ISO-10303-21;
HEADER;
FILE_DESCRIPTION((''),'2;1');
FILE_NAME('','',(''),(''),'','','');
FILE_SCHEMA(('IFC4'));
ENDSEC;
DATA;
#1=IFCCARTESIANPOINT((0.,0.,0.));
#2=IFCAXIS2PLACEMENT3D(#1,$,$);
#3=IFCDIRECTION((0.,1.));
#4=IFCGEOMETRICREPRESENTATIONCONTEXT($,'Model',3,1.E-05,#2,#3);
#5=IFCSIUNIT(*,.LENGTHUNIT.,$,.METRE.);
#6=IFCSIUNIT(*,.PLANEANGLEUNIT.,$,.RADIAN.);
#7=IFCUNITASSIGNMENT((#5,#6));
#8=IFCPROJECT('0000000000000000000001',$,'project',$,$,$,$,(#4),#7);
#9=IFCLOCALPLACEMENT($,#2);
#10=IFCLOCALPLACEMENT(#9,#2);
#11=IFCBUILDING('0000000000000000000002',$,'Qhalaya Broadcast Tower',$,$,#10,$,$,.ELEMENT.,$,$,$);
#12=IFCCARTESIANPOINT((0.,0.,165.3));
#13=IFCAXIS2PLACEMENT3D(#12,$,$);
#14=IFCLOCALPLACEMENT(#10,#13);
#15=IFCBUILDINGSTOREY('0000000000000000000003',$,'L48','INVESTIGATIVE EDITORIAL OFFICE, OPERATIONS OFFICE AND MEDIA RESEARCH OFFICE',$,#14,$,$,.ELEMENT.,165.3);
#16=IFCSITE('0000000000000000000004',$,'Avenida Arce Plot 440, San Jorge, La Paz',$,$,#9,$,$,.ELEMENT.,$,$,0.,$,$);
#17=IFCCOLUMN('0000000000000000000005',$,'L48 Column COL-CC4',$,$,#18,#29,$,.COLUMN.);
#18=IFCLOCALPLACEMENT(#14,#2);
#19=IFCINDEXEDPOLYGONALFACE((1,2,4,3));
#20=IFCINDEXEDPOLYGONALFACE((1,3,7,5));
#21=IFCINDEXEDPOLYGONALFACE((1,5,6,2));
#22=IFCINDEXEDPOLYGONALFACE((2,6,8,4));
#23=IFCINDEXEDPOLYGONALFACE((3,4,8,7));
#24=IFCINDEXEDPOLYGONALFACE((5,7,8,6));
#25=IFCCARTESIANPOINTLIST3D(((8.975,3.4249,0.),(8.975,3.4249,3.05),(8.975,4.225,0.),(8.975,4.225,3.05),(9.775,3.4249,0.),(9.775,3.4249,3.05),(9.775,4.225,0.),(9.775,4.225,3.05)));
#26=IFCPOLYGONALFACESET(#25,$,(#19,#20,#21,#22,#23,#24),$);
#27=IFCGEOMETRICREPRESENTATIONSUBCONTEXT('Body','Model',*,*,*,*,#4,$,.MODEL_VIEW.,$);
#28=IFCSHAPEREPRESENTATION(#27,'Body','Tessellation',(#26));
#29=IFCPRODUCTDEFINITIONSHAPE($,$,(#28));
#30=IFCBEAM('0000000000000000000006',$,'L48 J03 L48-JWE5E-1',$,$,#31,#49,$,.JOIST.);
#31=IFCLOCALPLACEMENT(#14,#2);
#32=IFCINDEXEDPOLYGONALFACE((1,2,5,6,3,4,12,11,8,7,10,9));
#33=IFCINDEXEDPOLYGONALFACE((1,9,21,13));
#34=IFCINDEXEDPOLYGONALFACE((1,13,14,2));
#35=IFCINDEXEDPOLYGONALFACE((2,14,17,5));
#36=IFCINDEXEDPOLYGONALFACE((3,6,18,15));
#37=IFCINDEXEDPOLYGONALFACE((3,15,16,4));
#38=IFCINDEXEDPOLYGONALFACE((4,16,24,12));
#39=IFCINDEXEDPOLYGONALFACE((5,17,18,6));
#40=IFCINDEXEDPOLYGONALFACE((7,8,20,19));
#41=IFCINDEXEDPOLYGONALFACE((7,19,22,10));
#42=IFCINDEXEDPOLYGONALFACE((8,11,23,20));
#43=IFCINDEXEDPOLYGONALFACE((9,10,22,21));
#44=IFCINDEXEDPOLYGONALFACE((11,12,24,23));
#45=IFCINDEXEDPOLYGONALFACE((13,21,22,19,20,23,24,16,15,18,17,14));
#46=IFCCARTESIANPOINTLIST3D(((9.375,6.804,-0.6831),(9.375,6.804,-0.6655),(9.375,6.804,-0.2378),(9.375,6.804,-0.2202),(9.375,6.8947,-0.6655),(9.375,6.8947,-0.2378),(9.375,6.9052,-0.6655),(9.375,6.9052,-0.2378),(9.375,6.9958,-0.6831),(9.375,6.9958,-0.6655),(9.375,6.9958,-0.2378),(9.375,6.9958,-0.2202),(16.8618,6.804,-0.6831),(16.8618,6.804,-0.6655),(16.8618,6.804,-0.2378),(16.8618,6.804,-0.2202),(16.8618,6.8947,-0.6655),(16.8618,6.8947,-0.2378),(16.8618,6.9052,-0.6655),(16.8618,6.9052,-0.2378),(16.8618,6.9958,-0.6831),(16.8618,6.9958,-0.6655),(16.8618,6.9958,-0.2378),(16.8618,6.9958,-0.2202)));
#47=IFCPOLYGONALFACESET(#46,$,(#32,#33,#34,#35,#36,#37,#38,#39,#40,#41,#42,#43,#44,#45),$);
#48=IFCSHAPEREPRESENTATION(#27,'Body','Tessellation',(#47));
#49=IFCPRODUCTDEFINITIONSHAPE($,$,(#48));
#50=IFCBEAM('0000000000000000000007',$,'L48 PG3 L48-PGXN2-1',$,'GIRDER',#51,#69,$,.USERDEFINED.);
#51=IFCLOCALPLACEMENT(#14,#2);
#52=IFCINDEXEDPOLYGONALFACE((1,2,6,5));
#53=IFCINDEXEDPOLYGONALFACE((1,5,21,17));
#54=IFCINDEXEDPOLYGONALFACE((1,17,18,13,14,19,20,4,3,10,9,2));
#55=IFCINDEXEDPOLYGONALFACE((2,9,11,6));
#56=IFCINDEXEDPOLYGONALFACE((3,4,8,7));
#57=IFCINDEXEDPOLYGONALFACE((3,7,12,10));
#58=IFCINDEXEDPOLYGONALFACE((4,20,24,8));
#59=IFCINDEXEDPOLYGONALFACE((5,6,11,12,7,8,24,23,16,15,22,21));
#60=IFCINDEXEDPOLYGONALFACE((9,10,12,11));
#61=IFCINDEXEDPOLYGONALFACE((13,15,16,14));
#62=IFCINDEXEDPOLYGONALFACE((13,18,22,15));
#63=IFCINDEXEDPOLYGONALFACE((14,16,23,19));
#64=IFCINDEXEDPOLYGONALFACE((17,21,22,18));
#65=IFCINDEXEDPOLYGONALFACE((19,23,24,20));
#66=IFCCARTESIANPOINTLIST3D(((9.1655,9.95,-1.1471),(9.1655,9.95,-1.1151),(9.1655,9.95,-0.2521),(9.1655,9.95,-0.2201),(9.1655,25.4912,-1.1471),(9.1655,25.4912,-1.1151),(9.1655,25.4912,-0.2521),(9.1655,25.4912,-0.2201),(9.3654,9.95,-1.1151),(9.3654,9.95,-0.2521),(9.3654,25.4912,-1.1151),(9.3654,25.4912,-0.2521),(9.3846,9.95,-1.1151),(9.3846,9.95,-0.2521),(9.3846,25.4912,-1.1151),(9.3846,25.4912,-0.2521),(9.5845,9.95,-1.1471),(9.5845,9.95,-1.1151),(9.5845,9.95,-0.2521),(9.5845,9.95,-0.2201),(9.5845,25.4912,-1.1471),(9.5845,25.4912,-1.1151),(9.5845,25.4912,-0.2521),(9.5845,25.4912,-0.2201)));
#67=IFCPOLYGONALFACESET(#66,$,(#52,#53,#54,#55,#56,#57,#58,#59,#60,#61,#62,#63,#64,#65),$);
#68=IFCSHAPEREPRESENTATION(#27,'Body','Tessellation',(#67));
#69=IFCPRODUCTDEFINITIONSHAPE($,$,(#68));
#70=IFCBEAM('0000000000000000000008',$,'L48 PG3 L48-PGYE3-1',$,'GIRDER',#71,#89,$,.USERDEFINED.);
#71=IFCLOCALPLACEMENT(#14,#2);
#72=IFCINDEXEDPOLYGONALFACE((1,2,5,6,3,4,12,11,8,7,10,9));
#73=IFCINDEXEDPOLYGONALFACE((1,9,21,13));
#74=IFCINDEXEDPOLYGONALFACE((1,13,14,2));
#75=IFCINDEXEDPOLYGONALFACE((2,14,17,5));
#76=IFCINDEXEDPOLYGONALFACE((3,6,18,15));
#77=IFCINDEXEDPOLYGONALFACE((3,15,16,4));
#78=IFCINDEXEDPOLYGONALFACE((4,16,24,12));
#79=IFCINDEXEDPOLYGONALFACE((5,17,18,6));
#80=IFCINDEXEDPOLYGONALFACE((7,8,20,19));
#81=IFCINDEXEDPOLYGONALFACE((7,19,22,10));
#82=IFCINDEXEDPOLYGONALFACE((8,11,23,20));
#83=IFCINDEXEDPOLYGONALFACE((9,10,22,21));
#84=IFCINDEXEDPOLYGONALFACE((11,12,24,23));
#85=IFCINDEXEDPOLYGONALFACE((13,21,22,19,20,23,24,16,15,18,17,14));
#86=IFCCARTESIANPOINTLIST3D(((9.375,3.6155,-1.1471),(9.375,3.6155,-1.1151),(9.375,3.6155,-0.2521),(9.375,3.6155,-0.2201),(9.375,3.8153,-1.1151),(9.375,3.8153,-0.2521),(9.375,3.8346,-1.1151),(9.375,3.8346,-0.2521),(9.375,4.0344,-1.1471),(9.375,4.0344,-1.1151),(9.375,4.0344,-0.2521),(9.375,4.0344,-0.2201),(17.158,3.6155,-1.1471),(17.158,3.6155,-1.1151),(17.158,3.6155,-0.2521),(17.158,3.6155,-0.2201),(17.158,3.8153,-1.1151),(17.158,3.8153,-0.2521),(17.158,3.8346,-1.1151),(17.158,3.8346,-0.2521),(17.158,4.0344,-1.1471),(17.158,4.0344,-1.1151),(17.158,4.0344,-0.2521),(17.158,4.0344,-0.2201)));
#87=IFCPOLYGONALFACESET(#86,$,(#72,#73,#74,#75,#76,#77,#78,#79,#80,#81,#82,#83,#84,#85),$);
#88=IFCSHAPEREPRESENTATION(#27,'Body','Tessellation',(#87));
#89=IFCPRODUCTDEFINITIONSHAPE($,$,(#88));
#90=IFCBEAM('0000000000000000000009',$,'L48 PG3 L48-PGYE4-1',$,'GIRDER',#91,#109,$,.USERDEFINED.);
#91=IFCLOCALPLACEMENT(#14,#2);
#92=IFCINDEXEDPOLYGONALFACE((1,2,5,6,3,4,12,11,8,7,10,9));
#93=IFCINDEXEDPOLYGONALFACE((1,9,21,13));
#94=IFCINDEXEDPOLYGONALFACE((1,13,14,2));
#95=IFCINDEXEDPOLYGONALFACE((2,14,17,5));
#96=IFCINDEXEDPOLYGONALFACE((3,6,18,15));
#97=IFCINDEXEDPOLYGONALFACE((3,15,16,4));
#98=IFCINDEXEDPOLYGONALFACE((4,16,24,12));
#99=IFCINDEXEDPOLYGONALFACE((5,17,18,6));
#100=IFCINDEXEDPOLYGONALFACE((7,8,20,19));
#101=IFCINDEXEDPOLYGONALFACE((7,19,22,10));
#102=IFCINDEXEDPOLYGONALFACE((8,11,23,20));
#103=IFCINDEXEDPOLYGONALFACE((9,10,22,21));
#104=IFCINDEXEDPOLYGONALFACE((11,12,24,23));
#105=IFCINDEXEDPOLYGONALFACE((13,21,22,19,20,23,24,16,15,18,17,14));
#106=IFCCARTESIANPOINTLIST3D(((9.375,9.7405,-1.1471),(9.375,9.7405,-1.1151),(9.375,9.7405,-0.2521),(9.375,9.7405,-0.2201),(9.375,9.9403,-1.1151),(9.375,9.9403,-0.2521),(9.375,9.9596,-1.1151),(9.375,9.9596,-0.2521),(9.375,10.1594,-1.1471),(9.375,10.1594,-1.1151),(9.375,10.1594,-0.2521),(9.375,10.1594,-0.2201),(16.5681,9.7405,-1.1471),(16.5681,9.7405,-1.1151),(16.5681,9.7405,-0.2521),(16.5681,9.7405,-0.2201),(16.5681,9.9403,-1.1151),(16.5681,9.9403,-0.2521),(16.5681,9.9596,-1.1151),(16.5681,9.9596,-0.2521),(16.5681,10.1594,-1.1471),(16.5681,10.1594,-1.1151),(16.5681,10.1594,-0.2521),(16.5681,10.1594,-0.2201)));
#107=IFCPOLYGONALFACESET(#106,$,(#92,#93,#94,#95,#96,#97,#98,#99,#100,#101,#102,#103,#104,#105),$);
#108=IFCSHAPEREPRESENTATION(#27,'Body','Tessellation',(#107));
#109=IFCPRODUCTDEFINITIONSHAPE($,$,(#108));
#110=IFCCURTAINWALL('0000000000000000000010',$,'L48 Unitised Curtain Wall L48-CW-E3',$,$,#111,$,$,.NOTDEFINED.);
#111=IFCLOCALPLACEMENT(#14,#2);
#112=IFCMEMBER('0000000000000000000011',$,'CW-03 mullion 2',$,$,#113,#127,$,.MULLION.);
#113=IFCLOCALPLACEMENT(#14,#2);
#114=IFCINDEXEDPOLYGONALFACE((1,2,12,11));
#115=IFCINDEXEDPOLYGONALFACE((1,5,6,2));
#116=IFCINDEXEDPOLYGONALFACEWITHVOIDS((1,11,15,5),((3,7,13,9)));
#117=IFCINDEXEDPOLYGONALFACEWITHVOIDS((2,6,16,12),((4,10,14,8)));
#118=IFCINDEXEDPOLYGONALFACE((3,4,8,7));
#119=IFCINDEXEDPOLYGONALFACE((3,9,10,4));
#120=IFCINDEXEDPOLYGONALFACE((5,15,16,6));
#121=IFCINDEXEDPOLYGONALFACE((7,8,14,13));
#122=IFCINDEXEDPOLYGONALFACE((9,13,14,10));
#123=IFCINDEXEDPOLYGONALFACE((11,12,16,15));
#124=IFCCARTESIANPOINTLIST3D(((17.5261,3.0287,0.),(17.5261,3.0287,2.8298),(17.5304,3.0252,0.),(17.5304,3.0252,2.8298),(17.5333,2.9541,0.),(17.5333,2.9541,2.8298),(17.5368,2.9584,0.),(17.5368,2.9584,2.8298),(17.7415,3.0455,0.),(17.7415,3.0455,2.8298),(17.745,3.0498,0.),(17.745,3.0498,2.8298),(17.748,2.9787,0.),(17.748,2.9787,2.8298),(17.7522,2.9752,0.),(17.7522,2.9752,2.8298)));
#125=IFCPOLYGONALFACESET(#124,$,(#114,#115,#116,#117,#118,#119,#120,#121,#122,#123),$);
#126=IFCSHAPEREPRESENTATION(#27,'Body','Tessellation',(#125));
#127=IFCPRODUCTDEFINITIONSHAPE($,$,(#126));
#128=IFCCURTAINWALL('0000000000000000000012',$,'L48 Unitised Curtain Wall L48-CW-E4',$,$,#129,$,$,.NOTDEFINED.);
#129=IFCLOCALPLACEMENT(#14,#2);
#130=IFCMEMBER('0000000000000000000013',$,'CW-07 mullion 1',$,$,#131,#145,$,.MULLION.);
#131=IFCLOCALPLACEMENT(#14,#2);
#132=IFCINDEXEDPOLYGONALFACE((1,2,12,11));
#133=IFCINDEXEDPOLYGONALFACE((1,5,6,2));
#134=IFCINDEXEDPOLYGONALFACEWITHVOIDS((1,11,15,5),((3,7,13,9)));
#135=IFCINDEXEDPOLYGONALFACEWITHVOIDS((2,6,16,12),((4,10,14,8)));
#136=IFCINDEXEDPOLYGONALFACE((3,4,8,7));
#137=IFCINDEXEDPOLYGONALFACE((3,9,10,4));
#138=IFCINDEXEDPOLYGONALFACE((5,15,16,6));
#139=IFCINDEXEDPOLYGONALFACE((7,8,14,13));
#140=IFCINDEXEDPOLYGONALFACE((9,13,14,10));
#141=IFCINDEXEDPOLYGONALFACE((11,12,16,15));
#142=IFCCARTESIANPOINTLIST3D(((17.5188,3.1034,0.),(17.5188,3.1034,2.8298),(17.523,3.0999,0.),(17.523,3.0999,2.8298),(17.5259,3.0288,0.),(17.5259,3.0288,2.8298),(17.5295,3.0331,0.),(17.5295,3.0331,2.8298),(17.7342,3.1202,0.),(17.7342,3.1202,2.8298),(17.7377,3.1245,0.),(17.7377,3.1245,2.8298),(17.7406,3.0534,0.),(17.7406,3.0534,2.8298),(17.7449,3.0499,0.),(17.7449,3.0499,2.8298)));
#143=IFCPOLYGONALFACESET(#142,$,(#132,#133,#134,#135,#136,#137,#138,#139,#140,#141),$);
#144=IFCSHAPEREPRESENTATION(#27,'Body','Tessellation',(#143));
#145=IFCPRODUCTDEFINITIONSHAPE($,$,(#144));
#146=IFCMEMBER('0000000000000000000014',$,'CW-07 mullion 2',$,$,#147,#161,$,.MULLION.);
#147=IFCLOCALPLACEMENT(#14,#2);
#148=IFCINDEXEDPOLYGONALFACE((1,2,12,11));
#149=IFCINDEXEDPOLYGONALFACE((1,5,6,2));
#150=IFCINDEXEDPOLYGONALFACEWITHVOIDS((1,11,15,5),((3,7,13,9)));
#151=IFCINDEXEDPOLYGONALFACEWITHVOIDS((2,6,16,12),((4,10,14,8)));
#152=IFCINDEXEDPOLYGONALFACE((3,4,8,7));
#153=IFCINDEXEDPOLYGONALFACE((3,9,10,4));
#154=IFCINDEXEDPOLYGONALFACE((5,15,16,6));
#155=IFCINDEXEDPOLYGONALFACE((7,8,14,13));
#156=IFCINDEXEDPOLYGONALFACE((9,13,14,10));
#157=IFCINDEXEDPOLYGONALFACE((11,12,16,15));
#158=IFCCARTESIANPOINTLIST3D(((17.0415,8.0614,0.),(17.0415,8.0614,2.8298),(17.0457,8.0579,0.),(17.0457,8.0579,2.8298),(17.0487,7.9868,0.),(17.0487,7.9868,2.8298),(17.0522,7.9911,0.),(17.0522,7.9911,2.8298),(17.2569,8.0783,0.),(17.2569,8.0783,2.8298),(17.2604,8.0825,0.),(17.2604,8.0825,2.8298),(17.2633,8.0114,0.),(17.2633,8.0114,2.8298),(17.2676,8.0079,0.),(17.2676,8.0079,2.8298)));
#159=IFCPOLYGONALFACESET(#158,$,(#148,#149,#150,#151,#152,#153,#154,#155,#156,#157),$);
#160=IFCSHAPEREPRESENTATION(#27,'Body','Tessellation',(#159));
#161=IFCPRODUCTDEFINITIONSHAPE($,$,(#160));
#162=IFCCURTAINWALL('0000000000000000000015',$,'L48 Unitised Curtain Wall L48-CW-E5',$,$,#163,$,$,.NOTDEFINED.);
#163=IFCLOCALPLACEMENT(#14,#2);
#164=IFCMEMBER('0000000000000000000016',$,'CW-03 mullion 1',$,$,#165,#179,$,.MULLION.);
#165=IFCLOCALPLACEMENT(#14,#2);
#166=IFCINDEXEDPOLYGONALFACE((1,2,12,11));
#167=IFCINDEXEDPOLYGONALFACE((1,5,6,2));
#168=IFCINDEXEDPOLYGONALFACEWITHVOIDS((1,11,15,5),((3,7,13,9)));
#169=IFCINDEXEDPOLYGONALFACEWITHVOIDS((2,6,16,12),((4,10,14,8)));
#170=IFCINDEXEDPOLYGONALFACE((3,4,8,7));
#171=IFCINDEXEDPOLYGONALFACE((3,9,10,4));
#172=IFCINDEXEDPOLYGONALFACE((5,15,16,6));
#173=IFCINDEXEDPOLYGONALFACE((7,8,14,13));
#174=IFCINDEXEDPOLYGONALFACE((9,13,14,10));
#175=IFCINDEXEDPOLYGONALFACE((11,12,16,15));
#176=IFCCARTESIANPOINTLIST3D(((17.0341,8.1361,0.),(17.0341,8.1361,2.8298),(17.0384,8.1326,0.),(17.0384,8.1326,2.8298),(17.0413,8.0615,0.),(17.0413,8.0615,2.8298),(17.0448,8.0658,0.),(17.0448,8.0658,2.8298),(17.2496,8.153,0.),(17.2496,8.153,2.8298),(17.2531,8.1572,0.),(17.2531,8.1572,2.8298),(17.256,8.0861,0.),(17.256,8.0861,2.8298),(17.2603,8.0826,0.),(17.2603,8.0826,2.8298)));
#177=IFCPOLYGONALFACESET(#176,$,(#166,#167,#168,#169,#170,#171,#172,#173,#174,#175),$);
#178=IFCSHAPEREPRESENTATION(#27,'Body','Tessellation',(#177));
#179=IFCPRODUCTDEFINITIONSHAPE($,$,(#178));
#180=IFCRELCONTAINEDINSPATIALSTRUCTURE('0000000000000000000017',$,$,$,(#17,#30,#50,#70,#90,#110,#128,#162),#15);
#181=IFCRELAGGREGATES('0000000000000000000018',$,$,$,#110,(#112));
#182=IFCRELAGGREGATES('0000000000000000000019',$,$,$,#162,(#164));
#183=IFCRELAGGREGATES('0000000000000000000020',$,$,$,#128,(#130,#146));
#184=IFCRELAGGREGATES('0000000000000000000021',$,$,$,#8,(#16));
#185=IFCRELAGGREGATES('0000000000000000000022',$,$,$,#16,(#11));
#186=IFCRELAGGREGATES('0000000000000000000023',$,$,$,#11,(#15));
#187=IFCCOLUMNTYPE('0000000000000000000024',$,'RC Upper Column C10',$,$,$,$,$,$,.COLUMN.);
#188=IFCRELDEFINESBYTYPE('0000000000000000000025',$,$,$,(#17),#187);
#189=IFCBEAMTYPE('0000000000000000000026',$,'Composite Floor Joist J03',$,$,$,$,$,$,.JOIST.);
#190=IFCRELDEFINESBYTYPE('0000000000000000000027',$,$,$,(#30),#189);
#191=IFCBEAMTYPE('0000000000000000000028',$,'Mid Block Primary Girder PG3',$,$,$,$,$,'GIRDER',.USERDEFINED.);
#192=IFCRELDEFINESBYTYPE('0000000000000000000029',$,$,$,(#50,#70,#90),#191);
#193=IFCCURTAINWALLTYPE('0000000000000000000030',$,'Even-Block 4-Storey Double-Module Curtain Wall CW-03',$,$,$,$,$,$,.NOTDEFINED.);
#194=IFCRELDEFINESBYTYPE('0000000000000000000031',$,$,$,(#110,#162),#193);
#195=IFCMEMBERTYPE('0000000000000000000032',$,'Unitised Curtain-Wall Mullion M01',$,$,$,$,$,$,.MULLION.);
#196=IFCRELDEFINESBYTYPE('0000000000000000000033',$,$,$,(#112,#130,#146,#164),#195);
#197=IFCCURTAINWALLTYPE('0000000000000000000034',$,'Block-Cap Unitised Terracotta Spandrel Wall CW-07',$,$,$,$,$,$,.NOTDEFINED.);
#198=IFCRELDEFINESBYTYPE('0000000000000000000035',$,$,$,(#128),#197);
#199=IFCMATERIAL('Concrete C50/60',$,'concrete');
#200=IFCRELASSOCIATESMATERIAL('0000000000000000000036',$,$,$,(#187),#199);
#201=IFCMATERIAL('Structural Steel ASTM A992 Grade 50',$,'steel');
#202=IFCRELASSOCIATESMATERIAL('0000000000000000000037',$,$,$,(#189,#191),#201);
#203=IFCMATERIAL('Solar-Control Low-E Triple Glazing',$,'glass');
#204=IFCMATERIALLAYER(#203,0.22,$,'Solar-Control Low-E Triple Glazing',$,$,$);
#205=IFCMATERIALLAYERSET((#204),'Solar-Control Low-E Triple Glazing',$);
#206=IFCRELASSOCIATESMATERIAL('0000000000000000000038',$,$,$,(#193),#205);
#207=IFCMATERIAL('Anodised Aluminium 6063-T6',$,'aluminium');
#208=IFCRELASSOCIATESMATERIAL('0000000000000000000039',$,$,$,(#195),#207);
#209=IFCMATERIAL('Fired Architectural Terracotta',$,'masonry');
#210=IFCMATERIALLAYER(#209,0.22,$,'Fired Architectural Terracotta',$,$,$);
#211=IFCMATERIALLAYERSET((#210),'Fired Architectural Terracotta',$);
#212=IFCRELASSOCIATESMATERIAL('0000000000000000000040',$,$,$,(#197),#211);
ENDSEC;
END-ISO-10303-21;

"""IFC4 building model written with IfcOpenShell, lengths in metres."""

from ifc_helpers import new_model, si_unit, direction, frame, origin, origin_2d, place, context, subcontext, project, spatial, rectangle, hollow_rectangle, i_section, extrude, material, layer, layer_set, material_profile, profile_set, type_object, element, aggregate, save


model = new_model("IFC4")

# Units and contexts
model_context = context("Model", 3, precision=1e-05, world=origin(), true_north=direction((0.0, 1.0)))
body_context = subcontext(model_context, "Body", "Model", "MODEL_VIEW")
ifc_project = project(units=[si_unit("LENGTHUNIT", "METRE"), si_unit("PLANEANGLEUNIT", "RADIAN")], contexts=[model_context])

# Site, building, storey
site_placement = place(None, origin())
site = spatial("IfcSite", under=ifc_project, at=site_placement, Name="Avenida Arce Plot 440, San Jorge, La Paz", CompositionType="ELEMENT", RefElevation=0.0)
building_placement = place(site_placement, origin())
building = spatial("IfcBuilding", under=site, at=building_placement, Name="Qhalaya Broadcast Tower", CompositionType="ELEMENT")
storey_placement = place(building_placement, frame((0.0, 0.0, 165.3)))
storey = spatial("IfcBuildingStorey", under=building, at=storey_placement, Name="L48", Description="INVESTIGATIVE EDITORIAL OFFICE, OPERATIONS OFFICE AND MEDIA RESEARCH OFFICE", CompositionType="ELEMENT", Elevation=165.3)

# Column
ifc_material_1 = material(Name="Concrete C50/60", Category="concrete")
ifc_material_profile_1 = material_profile(ifc_material_1, rectangle(XDim=0.8, YDim=0.8, at=origin_2d()), Name="RC-COL 800x800")
ifc_profile_set_1 = profile_set([ifc_material_profile_1], Name="Concrete C50/60")
column_type = type_object("IfcColumnType", Name="RC Upper Column C10", PredefinedType="COLUMN", material=ifc_profile_set_1)
column_placement = place(storey_placement, frame((9.375, 3.825, 0.0), z_axis=(0.0, 0.0, 1.0), x_axis=(1.0, 0.0, 0.0)))
element("IfcColumn", 1, at=column_placement, inside=storey, type_object=column_type, Name="L48 Column COL-CC4", PredefinedType="COLUMN", context=body_context, shape_type="SweptSolid", body=[
    extrude(rectangle(XDim=0.8, YDim=0.8, at=origin_2d()), origin(), (0.0, 0.0, 1.0), 3.05),
])

# Beams
ifc_material_2 = material(Name="Structural Steel ASTM A992 Grade 50", Category="steel")
ifc_material_profile_2 = material_profile(ifc_material_2, i_section(OverallWidth=0.1919, OverallDepth=0.4629, WebThickness=0.0105, FlangeThickness=0.0176, at=origin_2d()), Name="W18X60")
ifc_profile_set_2 = profile_set([ifc_material_profile_2], Name="Structural Steel ASTM A992 Grade 50")
beam_type_1 = type_object("IfcBeamType", Name="Composite Floor Joist J03", PredefinedType="JOIST", material=ifc_profile_set_2)
beam_1_placement = place(storey_placement, frame((9.375, 6.8999, -0.4517), z_axis=(1.0, 0.0, 0.0), x_axis=(0.0, 1.0, 0.0)))
element("IfcBeam", 2, at=beam_1_placement, inside=storey, type_object=beam_type_1, Name="L48 J03 L48-JWE5E-1", PredefinedType="JOIST", context=body_context, shape_type="SweptSolid", body=[
    extrude(i_section(OverallWidth=0.1919, OverallDepth=0.4629, WebThickness=0.0105, FlangeThickness=0.0176, at=origin_2d()), origin(), (0.0, 0.0, 1.0), 7.4868),
])
ifc_material_profile_3 = material_profile(ifc_material_2, i_section(OverallWidth=0.4189, OverallDepth=0.927, WebThickness=0.0193, FlangeThickness=0.032, at=origin_2d()), Name="W36X231")
ifc_profile_set_3 = profile_set([ifc_material_profile_3], Name="Structural Steel ASTM A992 Grade 50")
beam_type_2 = type_object("IfcBeamType", Name="Mid Block Primary Girder PG3", ElementType="GIRDER", PredefinedType="USERDEFINED", material=ifc_profile_set_3)
beam_2_placement = place(storey_placement, frame((9.375, 9.95, -0.6836), z_axis=(0.0, 1.0, 0.0), x_axis=(-1.0, 0.0, 0.0)))
element("IfcBeam", 3, at=beam_2_placement, inside=storey, type_object=beam_type_2, Name="L48 PG3 L48-PGXN2-1", ObjectType="GIRDER", PredefinedType="USERDEFINED", context=body_context, shape_type="SweptSolid", body=[
    extrude(i_section(OverallWidth=0.4189, OverallDepth=0.927, WebThickness=0.0193, FlangeThickness=0.032, at=origin_2d()), origin(), (0.0, 0.0, 1.0), 15.5413),
])
beam_3_placement = place(storey_placement, frame((9.375, 3.825, -0.6836), z_axis=(1.0, 0.0, 0.0), x_axis=(0.0, 1.0, 0.0)))
element("IfcBeam", 4, at=beam_3_placement, inside=storey, type_object=beam_type_2, Name="L48 PG3 L48-PGYE3-1", ObjectType="GIRDER", PredefinedType="USERDEFINED", context=body_context, shape_type="SweptSolid", body=[
    extrude(i_section(OverallWidth=0.4189, OverallDepth=0.927, WebThickness=0.0193, FlangeThickness=0.032, at=origin_2d()), origin(), (0.0, 0.0, 1.0), 7.783),
])
beam_4_placement = place(storey_placement, frame((9.375, 9.95, -0.6836), z_axis=(1.0, 0.0, 0.0), x_axis=(0.0, 1.0, 0.0)))
element("IfcBeam", 5, at=beam_4_placement, inside=storey, type_object=beam_type_2, Name="L48 PG3 L48-PGYE4-1", ObjectType="GIRDER", PredefinedType="USERDEFINED", context=body_context, shape_type="SweptSolid", body=[
    extrude(i_section(OverallWidth=0.4189, OverallDepth=0.927, WebThickness=0.0193, FlangeThickness=0.032, at=origin_2d()), origin(), (0.0, 0.0, 1.0), 7.1931),
])

# Curtain wall, member
ifc_material_3 = material(Name="Solar-Control Low-E Triple Glazing", Category="glass")
ifc_layer_1 = layer(ifc_material_3, 0.22, Name="Solar-Control Low-E Triple Glazing")
ifc_layer_set_1 = layer_set([ifc_layer_1], Name="Solar-Control Low-E Triple Glazing")
curtain_wall_type_1 = type_object("IfcCurtainWallType", Name="Even-Block 4-Storey Double-Module Curtain Wall CW-03", PredefinedType="NOTDEFINED", material=ifc_layer_set_1)
curtain_wall_1_placement = place(storey_placement, origin())
curtain_wall_1 = element("IfcCurtainWall", 6, at=curtain_wall_1_placement, inside=storey, type_object=curtain_wall_type_1, Name="L48 Unitised Curtain Wall L48-CW-E3", PredefinedType="NOTDEFINED")
ifc_material_4 = material(Name="Anodised Aluminium 6063-T6", Category="aluminium")
ifc_material_profile_4 = material_profile(ifc_material_4, hollow_rectangle(XDim=0.075, YDim=0.22, WallThickness=0.0039, at=origin_2d()), Name="ALU-MUL 75x220x4")
ifc_profile_set_4 = profile_set([ifc_material_profile_4], Name="Anodised Aluminium 6063-T6")
member_type_1 = type_object("IfcMemberType", Name="Unitised Curtain-Wall Mullion M01", PredefinedType="MULLION", material=ifc_profile_set_4)
member_1_placement = place(storey_placement, frame((17.6392, 3.002, 0.0), z_axis=(0.0, 0.0, 1.0), x_axis=(-0.09584, 0.995397, 0.0)))
member_1 = element("IfcMember", 7, at=member_1_placement, type_object=member_type_1, Name="CW-03 mullion 2", PredefinedType="MULLION", context=body_context, shape_type="SweptSolid", body=[
    extrude(hollow_rectangle(XDim=0.075, YDim=0.22, WallThickness=0.0039, at=origin_2d()), origin(), (0.0, 0.0, 1.0), 2.8298),
])
aggregate(curtain_wall_1, [member_1])

# Curtain wall, members
ifc_material_5 = material(Name="Fired Architectural Terracotta", Category="masonry")
ifc_layer_2 = layer(ifc_material_5, 0.22, Name="Fired Architectural Terracotta")
ifc_layer_set_2 = layer_set([ifc_layer_2], Name="Fired Architectural Terracotta")
curtain_wall_type_2 = type_object("IfcCurtainWallType", Name="Block-Cap Unitised Terracotta Spandrel Wall CW-07", PredefinedType="NOTDEFINED", material=ifc_layer_set_2)
curtain_wall_2_placement = place(storey_placement, origin())
curtain_wall_2 = element("IfcCurtainWall", 8, at=curtain_wall_2_placement, inside=storey, type_object=curtain_wall_type_2, Name="L48 Unitised Curtain Wall L48-CW-E4", PredefinedType="NOTDEFINED")
member_2_placement = place(storey_placement, frame((17.6318, 3.0767, 0.0), z_axis=(0.0, 0.0, 1.0), x_axis=(-0.095847, 0.995396, 0.0)))
member_2 = element("IfcMember", 9, at=member_2_placement, type_object=member_type_1, Name="CW-07 mullion 1", PredefinedType="MULLION", context=body_context, shape_type="SweptSolid", body=[
    extrude(hollow_rectangle(XDim=0.075, YDim=0.22, WallThickness=0.0039, at=origin_2d()), origin(), (0.0, 0.0, 1.0), 2.8298),
])
member_3_placement = place(storey_placement, frame((17.1545, 8.0347, 0.0), z_axis=(0.0, 0.0, 1.0), x_axis=(-0.095847, 0.995396, 0.0)))
member_3 = element("IfcMember", 10, at=member_3_placement, type_object=member_type_1, Name="CW-07 mullion 2", PredefinedType="MULLION", context=body_context, shape_type="SweptSolid", body=[
    extrude(hollow_rectangle(XDim=0.075, YDim=0.22, WallThickness=0.0039, at=origin_2d()), origin(), (0.0, 0.0, 1.0), 2.8298),
])

# Curtain wall, member
curtain_wall_3_placement = place(storey_placement, origin())
curtain_wall_3 = element("IfcCurtainWall", 11, at=curtain_wall_3_placement, inside=storey, type_object=curtain_wall_type_1, Name="L48 Unitised Curtain Wall L48-CW-E5", PredefinedType="NOTDEFINED")
member_4_placement = place(storey_placement, frame((17.1472, 8.1094, 0.0), z_axis=(0.0, 0.0, 1.0), x_axis=(-0.095838, 0.995397, 0.0)))
member_4 = element("IfcMember", 12, at=member_4_placement, type_object=member_type_1, Name="CW-03 mullion 1", PredefinedType="MULLION", context=body_context, shape_type="SweptSolid", body=[
    extrude(hollow_rectangle(XDim=0.075, YDim=0.22, WallThickness=0.0039, at=origin_2d()), origin(), (0.0, 0.0, 1.0), 2.8298),
])

aggregate(curtain_wall_3, [member_4])

aggregate(curtain_wall_2, [member_2, member_3])

save(model, "model.ifc")
